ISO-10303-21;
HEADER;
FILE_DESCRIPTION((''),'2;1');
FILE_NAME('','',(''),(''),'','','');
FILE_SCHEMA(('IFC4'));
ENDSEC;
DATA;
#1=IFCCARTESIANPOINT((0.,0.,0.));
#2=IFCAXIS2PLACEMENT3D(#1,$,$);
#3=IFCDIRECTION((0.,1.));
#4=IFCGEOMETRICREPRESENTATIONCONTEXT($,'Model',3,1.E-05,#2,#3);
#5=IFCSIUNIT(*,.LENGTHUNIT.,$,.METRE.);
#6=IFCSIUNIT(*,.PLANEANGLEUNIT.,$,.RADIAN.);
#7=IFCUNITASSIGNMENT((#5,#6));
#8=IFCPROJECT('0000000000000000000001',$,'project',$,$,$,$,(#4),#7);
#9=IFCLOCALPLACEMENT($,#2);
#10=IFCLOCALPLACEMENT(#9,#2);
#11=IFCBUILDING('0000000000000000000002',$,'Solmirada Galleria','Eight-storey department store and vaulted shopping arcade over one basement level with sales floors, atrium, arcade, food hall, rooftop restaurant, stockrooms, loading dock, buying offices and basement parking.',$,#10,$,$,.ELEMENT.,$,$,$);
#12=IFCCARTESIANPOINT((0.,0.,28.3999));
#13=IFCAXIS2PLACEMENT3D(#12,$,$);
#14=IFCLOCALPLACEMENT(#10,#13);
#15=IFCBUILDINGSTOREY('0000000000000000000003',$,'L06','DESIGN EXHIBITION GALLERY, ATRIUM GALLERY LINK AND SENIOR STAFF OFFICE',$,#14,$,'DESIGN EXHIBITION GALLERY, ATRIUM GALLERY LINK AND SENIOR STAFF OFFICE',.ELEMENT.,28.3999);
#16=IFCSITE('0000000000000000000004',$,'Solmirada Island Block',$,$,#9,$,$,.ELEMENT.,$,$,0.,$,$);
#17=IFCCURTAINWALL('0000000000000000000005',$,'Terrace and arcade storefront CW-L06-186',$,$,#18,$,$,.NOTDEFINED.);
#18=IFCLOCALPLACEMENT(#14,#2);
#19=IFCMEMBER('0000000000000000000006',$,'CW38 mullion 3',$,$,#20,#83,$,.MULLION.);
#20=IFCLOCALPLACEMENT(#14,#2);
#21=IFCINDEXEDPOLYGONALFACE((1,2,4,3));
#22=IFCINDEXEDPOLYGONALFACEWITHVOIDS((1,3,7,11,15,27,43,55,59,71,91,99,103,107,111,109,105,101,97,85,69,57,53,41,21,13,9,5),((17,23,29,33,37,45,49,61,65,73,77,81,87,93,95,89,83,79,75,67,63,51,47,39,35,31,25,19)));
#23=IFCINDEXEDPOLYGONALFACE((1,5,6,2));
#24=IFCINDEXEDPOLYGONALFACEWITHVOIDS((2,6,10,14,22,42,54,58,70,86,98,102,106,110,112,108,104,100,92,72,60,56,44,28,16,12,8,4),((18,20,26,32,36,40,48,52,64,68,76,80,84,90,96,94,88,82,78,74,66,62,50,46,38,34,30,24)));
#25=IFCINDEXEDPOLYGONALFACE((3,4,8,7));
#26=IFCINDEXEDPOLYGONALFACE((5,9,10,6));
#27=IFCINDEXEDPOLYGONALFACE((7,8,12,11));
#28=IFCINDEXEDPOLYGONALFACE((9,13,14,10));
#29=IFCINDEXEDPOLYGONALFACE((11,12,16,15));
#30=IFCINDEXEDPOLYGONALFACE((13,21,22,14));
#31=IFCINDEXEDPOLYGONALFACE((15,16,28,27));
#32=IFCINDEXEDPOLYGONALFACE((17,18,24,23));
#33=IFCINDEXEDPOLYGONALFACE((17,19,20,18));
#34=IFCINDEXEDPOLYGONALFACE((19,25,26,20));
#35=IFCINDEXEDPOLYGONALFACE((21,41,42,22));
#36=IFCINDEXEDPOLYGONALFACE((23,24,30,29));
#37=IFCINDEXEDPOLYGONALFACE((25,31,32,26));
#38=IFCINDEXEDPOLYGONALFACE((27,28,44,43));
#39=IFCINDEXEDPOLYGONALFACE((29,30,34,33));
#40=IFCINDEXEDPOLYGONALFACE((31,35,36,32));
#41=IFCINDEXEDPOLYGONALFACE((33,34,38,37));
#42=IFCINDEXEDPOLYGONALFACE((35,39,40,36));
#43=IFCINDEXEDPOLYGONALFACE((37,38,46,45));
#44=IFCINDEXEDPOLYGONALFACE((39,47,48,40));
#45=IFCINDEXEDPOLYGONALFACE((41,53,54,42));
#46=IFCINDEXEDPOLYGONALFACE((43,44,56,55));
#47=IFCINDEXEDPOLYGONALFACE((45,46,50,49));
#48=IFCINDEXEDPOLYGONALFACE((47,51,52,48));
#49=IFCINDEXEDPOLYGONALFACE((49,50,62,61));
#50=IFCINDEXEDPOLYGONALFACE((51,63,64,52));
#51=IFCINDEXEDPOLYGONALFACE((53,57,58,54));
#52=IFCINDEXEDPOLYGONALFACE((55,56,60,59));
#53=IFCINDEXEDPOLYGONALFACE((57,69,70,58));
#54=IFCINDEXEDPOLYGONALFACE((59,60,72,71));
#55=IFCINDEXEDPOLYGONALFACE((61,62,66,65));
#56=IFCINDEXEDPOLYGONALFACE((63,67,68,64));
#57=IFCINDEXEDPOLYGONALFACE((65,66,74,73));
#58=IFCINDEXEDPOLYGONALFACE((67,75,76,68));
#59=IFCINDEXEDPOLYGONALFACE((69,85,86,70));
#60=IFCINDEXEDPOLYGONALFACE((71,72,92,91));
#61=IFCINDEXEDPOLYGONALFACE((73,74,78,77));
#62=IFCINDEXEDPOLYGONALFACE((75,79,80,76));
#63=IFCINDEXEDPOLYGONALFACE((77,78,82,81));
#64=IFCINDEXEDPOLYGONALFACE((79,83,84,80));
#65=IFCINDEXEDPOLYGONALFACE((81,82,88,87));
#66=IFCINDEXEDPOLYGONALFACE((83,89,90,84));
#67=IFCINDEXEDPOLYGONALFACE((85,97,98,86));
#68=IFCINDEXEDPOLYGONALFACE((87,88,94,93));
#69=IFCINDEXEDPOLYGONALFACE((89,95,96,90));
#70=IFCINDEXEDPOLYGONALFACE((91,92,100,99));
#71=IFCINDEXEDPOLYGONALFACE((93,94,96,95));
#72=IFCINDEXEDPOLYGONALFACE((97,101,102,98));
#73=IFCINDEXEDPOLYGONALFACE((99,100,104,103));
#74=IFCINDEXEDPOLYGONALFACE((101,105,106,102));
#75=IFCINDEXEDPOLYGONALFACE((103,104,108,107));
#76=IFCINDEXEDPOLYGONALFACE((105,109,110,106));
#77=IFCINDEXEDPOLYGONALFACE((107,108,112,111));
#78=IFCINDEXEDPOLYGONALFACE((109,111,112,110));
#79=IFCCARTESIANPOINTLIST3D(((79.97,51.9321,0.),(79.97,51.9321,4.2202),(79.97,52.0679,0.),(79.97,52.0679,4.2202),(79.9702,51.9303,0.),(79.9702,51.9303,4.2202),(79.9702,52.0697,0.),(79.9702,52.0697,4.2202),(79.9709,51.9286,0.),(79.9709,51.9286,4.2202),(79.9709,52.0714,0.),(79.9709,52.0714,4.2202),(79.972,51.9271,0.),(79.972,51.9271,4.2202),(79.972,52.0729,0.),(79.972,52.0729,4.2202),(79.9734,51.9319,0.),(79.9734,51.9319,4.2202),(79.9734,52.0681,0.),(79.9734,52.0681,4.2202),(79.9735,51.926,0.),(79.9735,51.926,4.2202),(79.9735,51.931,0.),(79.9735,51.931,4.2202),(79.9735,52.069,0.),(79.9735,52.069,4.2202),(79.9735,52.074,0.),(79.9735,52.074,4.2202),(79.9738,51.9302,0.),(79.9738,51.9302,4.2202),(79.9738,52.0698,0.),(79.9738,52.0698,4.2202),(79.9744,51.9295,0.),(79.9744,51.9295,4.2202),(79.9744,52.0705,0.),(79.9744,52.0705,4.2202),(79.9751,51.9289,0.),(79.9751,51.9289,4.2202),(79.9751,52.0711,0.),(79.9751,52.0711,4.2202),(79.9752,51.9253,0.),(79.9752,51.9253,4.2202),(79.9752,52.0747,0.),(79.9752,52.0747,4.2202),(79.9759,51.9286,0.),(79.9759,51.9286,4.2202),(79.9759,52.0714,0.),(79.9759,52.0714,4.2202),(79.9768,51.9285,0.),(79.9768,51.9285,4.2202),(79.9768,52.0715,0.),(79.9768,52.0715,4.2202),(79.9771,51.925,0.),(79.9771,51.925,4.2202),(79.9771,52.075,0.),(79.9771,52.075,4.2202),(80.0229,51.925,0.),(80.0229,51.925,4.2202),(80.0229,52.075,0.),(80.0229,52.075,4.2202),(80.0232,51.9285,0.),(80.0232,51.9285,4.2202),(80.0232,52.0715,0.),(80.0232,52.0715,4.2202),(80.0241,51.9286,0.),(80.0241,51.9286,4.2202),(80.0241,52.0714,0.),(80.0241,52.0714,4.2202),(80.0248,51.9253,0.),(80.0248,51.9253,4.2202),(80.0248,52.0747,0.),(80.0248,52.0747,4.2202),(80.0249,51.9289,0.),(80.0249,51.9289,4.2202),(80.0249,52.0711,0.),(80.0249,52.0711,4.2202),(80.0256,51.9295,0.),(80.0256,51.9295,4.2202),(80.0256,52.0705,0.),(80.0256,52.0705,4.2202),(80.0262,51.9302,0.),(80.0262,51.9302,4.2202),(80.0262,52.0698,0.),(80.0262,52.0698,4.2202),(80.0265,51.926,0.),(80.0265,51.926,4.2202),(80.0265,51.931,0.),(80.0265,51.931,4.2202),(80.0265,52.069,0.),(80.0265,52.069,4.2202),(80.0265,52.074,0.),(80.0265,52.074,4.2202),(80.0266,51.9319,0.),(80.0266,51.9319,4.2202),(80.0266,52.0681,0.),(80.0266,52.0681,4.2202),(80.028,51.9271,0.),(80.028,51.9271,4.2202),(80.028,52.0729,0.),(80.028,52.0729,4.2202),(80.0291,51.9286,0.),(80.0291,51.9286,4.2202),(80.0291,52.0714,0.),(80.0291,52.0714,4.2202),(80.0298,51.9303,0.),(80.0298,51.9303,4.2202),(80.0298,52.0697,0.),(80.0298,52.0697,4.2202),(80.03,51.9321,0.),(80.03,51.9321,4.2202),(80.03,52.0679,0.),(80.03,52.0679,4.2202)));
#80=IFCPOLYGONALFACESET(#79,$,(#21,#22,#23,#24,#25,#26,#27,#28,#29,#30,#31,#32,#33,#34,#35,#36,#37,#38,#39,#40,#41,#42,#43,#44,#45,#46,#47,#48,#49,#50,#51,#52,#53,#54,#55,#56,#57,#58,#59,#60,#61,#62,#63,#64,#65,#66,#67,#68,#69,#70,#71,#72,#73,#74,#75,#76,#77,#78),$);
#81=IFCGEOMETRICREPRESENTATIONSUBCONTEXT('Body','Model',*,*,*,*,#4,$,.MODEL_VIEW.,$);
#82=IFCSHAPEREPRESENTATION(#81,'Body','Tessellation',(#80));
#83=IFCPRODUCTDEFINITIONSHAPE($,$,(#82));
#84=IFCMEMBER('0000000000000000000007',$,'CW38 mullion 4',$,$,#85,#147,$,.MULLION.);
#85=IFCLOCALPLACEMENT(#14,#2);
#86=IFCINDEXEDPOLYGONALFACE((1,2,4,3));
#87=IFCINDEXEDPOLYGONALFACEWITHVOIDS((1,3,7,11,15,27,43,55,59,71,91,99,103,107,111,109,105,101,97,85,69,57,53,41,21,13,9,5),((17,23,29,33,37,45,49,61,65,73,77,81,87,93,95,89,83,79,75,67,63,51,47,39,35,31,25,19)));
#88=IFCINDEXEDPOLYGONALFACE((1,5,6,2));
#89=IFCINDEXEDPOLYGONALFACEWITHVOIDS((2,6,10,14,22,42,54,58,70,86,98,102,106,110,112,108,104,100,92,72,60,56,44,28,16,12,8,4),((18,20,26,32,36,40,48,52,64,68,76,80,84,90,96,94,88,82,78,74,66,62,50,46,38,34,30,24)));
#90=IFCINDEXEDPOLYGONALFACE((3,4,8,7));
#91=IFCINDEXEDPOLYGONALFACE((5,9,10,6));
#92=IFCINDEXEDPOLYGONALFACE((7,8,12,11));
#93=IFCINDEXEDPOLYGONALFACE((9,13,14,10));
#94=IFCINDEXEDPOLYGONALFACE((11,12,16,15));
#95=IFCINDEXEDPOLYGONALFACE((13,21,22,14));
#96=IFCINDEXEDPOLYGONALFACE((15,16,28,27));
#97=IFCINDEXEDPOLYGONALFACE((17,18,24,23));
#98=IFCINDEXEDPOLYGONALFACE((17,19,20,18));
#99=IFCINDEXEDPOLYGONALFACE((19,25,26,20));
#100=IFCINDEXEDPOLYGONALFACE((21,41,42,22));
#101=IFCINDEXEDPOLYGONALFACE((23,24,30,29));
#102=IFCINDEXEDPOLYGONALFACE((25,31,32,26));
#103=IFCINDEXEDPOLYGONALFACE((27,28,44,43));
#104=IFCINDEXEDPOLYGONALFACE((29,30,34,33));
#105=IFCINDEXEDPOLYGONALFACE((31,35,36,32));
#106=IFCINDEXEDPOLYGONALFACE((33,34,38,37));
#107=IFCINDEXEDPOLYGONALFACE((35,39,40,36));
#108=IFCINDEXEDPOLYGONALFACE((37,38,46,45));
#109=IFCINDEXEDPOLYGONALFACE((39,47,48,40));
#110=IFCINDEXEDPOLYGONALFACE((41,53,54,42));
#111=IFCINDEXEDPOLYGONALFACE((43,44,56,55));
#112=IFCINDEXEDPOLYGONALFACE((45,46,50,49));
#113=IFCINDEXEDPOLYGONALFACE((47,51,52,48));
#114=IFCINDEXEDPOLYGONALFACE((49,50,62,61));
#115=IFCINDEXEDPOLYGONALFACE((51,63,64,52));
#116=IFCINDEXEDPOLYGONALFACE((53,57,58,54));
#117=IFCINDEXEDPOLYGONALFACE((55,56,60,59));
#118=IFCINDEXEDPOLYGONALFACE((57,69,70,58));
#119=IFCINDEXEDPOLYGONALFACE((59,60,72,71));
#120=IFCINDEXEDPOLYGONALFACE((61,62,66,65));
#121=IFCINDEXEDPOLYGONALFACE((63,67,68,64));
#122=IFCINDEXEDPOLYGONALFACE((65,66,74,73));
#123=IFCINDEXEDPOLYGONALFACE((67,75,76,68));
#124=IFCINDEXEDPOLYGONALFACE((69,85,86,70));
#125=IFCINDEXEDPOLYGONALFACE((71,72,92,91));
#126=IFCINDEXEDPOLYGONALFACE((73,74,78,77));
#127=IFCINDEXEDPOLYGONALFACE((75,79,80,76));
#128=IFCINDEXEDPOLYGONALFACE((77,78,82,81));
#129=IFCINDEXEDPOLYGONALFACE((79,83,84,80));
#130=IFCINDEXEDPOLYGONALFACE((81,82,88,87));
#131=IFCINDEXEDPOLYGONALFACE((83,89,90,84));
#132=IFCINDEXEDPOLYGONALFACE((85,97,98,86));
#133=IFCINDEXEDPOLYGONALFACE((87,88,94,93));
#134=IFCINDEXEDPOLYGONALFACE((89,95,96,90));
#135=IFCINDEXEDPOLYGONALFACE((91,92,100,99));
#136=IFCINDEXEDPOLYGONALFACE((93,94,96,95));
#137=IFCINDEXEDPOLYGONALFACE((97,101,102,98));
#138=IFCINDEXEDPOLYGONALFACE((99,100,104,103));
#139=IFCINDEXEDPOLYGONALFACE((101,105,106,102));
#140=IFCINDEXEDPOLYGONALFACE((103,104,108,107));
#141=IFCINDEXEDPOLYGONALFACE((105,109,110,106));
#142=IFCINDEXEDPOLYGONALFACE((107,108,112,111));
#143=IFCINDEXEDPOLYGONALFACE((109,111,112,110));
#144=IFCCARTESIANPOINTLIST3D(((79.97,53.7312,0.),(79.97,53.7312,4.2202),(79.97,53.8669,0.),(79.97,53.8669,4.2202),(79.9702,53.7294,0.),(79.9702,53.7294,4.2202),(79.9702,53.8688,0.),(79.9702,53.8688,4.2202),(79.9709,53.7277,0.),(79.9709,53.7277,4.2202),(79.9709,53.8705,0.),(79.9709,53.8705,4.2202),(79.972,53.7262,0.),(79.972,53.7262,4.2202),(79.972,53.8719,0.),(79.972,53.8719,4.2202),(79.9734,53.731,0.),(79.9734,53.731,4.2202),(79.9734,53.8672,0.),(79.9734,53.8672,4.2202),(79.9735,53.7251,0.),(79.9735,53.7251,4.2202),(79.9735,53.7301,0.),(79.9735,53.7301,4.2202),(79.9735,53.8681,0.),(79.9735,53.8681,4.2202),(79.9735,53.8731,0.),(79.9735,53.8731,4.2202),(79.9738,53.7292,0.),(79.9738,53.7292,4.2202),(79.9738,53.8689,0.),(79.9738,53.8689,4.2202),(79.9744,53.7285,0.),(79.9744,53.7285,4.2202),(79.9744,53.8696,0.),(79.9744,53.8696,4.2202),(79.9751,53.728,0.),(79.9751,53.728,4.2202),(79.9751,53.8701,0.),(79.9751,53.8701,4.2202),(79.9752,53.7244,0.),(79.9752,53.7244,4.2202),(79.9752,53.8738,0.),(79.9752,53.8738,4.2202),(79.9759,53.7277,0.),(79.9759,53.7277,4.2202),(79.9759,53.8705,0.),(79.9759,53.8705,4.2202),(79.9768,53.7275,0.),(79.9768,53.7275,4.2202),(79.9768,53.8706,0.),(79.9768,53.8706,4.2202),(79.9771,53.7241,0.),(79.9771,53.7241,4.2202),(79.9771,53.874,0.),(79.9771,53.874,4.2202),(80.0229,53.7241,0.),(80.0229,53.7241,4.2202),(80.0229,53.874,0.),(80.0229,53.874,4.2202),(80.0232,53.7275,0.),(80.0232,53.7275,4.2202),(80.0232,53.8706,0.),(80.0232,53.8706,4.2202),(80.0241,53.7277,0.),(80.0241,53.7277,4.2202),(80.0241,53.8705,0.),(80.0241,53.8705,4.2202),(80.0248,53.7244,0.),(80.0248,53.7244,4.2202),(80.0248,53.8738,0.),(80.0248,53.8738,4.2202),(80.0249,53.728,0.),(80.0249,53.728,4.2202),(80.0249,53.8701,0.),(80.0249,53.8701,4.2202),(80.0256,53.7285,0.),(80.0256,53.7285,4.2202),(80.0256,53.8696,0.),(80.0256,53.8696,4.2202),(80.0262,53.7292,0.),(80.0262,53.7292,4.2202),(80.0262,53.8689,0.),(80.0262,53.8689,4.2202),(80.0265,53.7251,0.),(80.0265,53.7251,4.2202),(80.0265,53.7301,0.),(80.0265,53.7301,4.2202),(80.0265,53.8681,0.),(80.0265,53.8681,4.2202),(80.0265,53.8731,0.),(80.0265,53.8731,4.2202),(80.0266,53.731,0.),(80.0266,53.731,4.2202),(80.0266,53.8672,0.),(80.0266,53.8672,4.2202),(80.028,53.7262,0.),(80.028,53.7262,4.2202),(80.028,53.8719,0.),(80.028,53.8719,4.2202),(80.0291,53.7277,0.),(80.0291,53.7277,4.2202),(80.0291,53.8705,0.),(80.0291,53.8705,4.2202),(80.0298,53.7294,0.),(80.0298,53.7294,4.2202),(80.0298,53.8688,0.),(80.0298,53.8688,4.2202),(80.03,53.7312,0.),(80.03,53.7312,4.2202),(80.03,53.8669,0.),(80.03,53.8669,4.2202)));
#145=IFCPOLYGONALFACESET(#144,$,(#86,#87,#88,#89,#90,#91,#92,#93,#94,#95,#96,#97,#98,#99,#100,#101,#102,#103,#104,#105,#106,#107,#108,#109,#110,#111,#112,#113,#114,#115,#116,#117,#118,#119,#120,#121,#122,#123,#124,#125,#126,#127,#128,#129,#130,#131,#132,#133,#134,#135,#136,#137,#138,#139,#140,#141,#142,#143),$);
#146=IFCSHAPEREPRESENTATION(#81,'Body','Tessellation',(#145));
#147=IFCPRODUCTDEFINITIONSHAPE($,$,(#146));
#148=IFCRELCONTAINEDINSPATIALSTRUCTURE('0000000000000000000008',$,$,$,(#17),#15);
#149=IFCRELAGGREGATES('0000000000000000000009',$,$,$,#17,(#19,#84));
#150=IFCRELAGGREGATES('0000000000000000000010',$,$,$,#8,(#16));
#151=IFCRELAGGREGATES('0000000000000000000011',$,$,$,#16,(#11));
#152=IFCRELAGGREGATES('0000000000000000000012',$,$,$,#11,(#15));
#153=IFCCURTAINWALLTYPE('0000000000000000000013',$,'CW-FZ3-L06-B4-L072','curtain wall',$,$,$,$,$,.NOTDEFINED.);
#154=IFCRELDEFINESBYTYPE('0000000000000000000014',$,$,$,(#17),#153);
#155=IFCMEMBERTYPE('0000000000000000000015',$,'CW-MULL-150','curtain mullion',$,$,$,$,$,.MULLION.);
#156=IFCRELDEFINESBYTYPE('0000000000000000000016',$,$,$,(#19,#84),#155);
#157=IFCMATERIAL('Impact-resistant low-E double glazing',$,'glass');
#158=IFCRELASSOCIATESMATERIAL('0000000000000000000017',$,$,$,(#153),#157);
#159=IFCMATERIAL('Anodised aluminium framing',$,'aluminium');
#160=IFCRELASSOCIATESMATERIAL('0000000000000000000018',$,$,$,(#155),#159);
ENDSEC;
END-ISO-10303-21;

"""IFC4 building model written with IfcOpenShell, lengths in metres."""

from ifc_helpers import new_model, si_unit, direction, frame, origin, origin_2d, place, context, subcontext, project, spatial, hollow_rectangle, extrude, material, material_profile, profile_set, type_object, element, aggregate, save


model = new_model("IFC4")

# Units and contexts
model_context = context("Model", 3, precision=1e-05, world=origin(), true_north=direction((0.0, 1.0)))
body_context = subcontext(model_context, "Body", "Model", "MODEL_VIEW")
ifc_project = project(units=[si_unit("LENGTHUNIT", "METRE"), si_unit("PLANEANGLEUNIT", "RADIAN")], contexts=[model_context])

# Site, building, storey
site_placement = place(None, origin())
site = spatial("IfcSite", under=ifc_project, at=site_placement, Name="Solmirada Island Block", CompositionType="ELEMENT", RefElevation=0.0)
building_placement = place(site_placement, origin())
building = spatial("IfcBuilding", under=site, at=building_placement, Name="Solmirada Galleria", Description="Eight-storey department store and vaulted shopping arcade over one basement level with sales floors, atrium, arcade, food hall, rooftop restaurant, stockrooms, loading dock, buying offices and basement parking.", CompositionType="ELEMENT")
storey_placement = place(building_placement, frame((0.0, 0.0, 28.3999)))
storey = spatial("IfcBuildingStorey", under=building, at=storey_placement, Name="L06", Description="DESIGN EXHIBITION GALLERY, ATRIUM GALLERY LINK AND SENIOR STAFF OFFICE", LongName="DESIGN EXHIBITION GALLERY, ATRIUM GALLERY LINK AND SENIOR STAFF OFFICE", CompositionType="ELEMENT", Elevation=28.3999)

# Curtain wall, members
ifc_material_1 = material(Name="Impact-resistant low-E double glazing", Category="glass")
curtain_wall_type = type_object("IfcCurtainWallType", Name="CW-FZ3-L06-B4-L072", Description="curtain wall", PredefinedType="NOTDEFINED", material=ifc_material_1)
curtain_wall_placement = place(storey_placement, origin())
curtain_wall = element("IfcCurtainWall", 1, at=curtain_wall_placement, inside=storey, type_object=curtain_wall_type, Name="Terrace and arcade storefront CW-L06-186", PredefinedType="NOTDEFINED")
ifc_material_2 = material(Name="Anodised aluminium framing", Category="aluminium")
ifc_material_profile_1 = material_profile(ifc_material_2, hollow_rectangle(XDim=0.0601, YDim=0.1499, WallThickness=0.0034, InnerFilletRadius=0.0034, OuterFilletRadius=0.0071, at=origin_2d()), Name="ALU-MULL-150X60")
ifc_profile_set_1 = profile_set([ifc_material_profile_1], Name="Anodised aluminium framing")
member_type_1 = type_object("IfcMemberType", Name="CW-MULL-150", Description="curtain mullion", PredefinedType="MULLION", material=ifc_profile_set_1)
member_1_placement = place(storey_placement, frame((80.0, 52.0, 0.0), z_axis=(0.0, 0.0, 1.0), x_axis=(-1.0, 0.0, 0.0)))
member_1 = element("IfcMember", 2, at=member_1_placement, type_object=member_type_1, Name="CW38 mullion 3", PredefinedType="MULLION", context=body_context, shape_type="SweptSolid", body=[
    extrude(hollow_rectangle(XDim=0.0601, YDim=0.1499, WallThickness=0.0034, InnerFilletRadius=0.0034, OuterFilletRadius=0.0071, at=origin_2d()), origin(), (0.0, 0.0, 1.0), 4.2202),
])
member_2_placement = place(storey_placement, frame((80.0, 53.7991, 0.0), z_axis=(0.0, 0.0, 1.0), x_axis=(-1.0, 0.0, 0.0)))
member_2 = element("IfcMember", 3, at=member_2_placement, type_object=member_type_1, Name="CW38 mullion 4", PredefinedType="MULLION", context=body_context, shape_type="SweptSolid", body=[
    extrude(hollow_rectangle(XDim=0.0601, YDim=0.1499, WallThickness=0.0034, InnerFilletRadius=0.0034, OuterFilletRadius=0.0071, at=origin_2d()), origin(), (0.0, 0.0, 1.0), 4.2202),
])
aggregate(curtain_wall, [member_1, member_2])

save(model, "model.ifc")
